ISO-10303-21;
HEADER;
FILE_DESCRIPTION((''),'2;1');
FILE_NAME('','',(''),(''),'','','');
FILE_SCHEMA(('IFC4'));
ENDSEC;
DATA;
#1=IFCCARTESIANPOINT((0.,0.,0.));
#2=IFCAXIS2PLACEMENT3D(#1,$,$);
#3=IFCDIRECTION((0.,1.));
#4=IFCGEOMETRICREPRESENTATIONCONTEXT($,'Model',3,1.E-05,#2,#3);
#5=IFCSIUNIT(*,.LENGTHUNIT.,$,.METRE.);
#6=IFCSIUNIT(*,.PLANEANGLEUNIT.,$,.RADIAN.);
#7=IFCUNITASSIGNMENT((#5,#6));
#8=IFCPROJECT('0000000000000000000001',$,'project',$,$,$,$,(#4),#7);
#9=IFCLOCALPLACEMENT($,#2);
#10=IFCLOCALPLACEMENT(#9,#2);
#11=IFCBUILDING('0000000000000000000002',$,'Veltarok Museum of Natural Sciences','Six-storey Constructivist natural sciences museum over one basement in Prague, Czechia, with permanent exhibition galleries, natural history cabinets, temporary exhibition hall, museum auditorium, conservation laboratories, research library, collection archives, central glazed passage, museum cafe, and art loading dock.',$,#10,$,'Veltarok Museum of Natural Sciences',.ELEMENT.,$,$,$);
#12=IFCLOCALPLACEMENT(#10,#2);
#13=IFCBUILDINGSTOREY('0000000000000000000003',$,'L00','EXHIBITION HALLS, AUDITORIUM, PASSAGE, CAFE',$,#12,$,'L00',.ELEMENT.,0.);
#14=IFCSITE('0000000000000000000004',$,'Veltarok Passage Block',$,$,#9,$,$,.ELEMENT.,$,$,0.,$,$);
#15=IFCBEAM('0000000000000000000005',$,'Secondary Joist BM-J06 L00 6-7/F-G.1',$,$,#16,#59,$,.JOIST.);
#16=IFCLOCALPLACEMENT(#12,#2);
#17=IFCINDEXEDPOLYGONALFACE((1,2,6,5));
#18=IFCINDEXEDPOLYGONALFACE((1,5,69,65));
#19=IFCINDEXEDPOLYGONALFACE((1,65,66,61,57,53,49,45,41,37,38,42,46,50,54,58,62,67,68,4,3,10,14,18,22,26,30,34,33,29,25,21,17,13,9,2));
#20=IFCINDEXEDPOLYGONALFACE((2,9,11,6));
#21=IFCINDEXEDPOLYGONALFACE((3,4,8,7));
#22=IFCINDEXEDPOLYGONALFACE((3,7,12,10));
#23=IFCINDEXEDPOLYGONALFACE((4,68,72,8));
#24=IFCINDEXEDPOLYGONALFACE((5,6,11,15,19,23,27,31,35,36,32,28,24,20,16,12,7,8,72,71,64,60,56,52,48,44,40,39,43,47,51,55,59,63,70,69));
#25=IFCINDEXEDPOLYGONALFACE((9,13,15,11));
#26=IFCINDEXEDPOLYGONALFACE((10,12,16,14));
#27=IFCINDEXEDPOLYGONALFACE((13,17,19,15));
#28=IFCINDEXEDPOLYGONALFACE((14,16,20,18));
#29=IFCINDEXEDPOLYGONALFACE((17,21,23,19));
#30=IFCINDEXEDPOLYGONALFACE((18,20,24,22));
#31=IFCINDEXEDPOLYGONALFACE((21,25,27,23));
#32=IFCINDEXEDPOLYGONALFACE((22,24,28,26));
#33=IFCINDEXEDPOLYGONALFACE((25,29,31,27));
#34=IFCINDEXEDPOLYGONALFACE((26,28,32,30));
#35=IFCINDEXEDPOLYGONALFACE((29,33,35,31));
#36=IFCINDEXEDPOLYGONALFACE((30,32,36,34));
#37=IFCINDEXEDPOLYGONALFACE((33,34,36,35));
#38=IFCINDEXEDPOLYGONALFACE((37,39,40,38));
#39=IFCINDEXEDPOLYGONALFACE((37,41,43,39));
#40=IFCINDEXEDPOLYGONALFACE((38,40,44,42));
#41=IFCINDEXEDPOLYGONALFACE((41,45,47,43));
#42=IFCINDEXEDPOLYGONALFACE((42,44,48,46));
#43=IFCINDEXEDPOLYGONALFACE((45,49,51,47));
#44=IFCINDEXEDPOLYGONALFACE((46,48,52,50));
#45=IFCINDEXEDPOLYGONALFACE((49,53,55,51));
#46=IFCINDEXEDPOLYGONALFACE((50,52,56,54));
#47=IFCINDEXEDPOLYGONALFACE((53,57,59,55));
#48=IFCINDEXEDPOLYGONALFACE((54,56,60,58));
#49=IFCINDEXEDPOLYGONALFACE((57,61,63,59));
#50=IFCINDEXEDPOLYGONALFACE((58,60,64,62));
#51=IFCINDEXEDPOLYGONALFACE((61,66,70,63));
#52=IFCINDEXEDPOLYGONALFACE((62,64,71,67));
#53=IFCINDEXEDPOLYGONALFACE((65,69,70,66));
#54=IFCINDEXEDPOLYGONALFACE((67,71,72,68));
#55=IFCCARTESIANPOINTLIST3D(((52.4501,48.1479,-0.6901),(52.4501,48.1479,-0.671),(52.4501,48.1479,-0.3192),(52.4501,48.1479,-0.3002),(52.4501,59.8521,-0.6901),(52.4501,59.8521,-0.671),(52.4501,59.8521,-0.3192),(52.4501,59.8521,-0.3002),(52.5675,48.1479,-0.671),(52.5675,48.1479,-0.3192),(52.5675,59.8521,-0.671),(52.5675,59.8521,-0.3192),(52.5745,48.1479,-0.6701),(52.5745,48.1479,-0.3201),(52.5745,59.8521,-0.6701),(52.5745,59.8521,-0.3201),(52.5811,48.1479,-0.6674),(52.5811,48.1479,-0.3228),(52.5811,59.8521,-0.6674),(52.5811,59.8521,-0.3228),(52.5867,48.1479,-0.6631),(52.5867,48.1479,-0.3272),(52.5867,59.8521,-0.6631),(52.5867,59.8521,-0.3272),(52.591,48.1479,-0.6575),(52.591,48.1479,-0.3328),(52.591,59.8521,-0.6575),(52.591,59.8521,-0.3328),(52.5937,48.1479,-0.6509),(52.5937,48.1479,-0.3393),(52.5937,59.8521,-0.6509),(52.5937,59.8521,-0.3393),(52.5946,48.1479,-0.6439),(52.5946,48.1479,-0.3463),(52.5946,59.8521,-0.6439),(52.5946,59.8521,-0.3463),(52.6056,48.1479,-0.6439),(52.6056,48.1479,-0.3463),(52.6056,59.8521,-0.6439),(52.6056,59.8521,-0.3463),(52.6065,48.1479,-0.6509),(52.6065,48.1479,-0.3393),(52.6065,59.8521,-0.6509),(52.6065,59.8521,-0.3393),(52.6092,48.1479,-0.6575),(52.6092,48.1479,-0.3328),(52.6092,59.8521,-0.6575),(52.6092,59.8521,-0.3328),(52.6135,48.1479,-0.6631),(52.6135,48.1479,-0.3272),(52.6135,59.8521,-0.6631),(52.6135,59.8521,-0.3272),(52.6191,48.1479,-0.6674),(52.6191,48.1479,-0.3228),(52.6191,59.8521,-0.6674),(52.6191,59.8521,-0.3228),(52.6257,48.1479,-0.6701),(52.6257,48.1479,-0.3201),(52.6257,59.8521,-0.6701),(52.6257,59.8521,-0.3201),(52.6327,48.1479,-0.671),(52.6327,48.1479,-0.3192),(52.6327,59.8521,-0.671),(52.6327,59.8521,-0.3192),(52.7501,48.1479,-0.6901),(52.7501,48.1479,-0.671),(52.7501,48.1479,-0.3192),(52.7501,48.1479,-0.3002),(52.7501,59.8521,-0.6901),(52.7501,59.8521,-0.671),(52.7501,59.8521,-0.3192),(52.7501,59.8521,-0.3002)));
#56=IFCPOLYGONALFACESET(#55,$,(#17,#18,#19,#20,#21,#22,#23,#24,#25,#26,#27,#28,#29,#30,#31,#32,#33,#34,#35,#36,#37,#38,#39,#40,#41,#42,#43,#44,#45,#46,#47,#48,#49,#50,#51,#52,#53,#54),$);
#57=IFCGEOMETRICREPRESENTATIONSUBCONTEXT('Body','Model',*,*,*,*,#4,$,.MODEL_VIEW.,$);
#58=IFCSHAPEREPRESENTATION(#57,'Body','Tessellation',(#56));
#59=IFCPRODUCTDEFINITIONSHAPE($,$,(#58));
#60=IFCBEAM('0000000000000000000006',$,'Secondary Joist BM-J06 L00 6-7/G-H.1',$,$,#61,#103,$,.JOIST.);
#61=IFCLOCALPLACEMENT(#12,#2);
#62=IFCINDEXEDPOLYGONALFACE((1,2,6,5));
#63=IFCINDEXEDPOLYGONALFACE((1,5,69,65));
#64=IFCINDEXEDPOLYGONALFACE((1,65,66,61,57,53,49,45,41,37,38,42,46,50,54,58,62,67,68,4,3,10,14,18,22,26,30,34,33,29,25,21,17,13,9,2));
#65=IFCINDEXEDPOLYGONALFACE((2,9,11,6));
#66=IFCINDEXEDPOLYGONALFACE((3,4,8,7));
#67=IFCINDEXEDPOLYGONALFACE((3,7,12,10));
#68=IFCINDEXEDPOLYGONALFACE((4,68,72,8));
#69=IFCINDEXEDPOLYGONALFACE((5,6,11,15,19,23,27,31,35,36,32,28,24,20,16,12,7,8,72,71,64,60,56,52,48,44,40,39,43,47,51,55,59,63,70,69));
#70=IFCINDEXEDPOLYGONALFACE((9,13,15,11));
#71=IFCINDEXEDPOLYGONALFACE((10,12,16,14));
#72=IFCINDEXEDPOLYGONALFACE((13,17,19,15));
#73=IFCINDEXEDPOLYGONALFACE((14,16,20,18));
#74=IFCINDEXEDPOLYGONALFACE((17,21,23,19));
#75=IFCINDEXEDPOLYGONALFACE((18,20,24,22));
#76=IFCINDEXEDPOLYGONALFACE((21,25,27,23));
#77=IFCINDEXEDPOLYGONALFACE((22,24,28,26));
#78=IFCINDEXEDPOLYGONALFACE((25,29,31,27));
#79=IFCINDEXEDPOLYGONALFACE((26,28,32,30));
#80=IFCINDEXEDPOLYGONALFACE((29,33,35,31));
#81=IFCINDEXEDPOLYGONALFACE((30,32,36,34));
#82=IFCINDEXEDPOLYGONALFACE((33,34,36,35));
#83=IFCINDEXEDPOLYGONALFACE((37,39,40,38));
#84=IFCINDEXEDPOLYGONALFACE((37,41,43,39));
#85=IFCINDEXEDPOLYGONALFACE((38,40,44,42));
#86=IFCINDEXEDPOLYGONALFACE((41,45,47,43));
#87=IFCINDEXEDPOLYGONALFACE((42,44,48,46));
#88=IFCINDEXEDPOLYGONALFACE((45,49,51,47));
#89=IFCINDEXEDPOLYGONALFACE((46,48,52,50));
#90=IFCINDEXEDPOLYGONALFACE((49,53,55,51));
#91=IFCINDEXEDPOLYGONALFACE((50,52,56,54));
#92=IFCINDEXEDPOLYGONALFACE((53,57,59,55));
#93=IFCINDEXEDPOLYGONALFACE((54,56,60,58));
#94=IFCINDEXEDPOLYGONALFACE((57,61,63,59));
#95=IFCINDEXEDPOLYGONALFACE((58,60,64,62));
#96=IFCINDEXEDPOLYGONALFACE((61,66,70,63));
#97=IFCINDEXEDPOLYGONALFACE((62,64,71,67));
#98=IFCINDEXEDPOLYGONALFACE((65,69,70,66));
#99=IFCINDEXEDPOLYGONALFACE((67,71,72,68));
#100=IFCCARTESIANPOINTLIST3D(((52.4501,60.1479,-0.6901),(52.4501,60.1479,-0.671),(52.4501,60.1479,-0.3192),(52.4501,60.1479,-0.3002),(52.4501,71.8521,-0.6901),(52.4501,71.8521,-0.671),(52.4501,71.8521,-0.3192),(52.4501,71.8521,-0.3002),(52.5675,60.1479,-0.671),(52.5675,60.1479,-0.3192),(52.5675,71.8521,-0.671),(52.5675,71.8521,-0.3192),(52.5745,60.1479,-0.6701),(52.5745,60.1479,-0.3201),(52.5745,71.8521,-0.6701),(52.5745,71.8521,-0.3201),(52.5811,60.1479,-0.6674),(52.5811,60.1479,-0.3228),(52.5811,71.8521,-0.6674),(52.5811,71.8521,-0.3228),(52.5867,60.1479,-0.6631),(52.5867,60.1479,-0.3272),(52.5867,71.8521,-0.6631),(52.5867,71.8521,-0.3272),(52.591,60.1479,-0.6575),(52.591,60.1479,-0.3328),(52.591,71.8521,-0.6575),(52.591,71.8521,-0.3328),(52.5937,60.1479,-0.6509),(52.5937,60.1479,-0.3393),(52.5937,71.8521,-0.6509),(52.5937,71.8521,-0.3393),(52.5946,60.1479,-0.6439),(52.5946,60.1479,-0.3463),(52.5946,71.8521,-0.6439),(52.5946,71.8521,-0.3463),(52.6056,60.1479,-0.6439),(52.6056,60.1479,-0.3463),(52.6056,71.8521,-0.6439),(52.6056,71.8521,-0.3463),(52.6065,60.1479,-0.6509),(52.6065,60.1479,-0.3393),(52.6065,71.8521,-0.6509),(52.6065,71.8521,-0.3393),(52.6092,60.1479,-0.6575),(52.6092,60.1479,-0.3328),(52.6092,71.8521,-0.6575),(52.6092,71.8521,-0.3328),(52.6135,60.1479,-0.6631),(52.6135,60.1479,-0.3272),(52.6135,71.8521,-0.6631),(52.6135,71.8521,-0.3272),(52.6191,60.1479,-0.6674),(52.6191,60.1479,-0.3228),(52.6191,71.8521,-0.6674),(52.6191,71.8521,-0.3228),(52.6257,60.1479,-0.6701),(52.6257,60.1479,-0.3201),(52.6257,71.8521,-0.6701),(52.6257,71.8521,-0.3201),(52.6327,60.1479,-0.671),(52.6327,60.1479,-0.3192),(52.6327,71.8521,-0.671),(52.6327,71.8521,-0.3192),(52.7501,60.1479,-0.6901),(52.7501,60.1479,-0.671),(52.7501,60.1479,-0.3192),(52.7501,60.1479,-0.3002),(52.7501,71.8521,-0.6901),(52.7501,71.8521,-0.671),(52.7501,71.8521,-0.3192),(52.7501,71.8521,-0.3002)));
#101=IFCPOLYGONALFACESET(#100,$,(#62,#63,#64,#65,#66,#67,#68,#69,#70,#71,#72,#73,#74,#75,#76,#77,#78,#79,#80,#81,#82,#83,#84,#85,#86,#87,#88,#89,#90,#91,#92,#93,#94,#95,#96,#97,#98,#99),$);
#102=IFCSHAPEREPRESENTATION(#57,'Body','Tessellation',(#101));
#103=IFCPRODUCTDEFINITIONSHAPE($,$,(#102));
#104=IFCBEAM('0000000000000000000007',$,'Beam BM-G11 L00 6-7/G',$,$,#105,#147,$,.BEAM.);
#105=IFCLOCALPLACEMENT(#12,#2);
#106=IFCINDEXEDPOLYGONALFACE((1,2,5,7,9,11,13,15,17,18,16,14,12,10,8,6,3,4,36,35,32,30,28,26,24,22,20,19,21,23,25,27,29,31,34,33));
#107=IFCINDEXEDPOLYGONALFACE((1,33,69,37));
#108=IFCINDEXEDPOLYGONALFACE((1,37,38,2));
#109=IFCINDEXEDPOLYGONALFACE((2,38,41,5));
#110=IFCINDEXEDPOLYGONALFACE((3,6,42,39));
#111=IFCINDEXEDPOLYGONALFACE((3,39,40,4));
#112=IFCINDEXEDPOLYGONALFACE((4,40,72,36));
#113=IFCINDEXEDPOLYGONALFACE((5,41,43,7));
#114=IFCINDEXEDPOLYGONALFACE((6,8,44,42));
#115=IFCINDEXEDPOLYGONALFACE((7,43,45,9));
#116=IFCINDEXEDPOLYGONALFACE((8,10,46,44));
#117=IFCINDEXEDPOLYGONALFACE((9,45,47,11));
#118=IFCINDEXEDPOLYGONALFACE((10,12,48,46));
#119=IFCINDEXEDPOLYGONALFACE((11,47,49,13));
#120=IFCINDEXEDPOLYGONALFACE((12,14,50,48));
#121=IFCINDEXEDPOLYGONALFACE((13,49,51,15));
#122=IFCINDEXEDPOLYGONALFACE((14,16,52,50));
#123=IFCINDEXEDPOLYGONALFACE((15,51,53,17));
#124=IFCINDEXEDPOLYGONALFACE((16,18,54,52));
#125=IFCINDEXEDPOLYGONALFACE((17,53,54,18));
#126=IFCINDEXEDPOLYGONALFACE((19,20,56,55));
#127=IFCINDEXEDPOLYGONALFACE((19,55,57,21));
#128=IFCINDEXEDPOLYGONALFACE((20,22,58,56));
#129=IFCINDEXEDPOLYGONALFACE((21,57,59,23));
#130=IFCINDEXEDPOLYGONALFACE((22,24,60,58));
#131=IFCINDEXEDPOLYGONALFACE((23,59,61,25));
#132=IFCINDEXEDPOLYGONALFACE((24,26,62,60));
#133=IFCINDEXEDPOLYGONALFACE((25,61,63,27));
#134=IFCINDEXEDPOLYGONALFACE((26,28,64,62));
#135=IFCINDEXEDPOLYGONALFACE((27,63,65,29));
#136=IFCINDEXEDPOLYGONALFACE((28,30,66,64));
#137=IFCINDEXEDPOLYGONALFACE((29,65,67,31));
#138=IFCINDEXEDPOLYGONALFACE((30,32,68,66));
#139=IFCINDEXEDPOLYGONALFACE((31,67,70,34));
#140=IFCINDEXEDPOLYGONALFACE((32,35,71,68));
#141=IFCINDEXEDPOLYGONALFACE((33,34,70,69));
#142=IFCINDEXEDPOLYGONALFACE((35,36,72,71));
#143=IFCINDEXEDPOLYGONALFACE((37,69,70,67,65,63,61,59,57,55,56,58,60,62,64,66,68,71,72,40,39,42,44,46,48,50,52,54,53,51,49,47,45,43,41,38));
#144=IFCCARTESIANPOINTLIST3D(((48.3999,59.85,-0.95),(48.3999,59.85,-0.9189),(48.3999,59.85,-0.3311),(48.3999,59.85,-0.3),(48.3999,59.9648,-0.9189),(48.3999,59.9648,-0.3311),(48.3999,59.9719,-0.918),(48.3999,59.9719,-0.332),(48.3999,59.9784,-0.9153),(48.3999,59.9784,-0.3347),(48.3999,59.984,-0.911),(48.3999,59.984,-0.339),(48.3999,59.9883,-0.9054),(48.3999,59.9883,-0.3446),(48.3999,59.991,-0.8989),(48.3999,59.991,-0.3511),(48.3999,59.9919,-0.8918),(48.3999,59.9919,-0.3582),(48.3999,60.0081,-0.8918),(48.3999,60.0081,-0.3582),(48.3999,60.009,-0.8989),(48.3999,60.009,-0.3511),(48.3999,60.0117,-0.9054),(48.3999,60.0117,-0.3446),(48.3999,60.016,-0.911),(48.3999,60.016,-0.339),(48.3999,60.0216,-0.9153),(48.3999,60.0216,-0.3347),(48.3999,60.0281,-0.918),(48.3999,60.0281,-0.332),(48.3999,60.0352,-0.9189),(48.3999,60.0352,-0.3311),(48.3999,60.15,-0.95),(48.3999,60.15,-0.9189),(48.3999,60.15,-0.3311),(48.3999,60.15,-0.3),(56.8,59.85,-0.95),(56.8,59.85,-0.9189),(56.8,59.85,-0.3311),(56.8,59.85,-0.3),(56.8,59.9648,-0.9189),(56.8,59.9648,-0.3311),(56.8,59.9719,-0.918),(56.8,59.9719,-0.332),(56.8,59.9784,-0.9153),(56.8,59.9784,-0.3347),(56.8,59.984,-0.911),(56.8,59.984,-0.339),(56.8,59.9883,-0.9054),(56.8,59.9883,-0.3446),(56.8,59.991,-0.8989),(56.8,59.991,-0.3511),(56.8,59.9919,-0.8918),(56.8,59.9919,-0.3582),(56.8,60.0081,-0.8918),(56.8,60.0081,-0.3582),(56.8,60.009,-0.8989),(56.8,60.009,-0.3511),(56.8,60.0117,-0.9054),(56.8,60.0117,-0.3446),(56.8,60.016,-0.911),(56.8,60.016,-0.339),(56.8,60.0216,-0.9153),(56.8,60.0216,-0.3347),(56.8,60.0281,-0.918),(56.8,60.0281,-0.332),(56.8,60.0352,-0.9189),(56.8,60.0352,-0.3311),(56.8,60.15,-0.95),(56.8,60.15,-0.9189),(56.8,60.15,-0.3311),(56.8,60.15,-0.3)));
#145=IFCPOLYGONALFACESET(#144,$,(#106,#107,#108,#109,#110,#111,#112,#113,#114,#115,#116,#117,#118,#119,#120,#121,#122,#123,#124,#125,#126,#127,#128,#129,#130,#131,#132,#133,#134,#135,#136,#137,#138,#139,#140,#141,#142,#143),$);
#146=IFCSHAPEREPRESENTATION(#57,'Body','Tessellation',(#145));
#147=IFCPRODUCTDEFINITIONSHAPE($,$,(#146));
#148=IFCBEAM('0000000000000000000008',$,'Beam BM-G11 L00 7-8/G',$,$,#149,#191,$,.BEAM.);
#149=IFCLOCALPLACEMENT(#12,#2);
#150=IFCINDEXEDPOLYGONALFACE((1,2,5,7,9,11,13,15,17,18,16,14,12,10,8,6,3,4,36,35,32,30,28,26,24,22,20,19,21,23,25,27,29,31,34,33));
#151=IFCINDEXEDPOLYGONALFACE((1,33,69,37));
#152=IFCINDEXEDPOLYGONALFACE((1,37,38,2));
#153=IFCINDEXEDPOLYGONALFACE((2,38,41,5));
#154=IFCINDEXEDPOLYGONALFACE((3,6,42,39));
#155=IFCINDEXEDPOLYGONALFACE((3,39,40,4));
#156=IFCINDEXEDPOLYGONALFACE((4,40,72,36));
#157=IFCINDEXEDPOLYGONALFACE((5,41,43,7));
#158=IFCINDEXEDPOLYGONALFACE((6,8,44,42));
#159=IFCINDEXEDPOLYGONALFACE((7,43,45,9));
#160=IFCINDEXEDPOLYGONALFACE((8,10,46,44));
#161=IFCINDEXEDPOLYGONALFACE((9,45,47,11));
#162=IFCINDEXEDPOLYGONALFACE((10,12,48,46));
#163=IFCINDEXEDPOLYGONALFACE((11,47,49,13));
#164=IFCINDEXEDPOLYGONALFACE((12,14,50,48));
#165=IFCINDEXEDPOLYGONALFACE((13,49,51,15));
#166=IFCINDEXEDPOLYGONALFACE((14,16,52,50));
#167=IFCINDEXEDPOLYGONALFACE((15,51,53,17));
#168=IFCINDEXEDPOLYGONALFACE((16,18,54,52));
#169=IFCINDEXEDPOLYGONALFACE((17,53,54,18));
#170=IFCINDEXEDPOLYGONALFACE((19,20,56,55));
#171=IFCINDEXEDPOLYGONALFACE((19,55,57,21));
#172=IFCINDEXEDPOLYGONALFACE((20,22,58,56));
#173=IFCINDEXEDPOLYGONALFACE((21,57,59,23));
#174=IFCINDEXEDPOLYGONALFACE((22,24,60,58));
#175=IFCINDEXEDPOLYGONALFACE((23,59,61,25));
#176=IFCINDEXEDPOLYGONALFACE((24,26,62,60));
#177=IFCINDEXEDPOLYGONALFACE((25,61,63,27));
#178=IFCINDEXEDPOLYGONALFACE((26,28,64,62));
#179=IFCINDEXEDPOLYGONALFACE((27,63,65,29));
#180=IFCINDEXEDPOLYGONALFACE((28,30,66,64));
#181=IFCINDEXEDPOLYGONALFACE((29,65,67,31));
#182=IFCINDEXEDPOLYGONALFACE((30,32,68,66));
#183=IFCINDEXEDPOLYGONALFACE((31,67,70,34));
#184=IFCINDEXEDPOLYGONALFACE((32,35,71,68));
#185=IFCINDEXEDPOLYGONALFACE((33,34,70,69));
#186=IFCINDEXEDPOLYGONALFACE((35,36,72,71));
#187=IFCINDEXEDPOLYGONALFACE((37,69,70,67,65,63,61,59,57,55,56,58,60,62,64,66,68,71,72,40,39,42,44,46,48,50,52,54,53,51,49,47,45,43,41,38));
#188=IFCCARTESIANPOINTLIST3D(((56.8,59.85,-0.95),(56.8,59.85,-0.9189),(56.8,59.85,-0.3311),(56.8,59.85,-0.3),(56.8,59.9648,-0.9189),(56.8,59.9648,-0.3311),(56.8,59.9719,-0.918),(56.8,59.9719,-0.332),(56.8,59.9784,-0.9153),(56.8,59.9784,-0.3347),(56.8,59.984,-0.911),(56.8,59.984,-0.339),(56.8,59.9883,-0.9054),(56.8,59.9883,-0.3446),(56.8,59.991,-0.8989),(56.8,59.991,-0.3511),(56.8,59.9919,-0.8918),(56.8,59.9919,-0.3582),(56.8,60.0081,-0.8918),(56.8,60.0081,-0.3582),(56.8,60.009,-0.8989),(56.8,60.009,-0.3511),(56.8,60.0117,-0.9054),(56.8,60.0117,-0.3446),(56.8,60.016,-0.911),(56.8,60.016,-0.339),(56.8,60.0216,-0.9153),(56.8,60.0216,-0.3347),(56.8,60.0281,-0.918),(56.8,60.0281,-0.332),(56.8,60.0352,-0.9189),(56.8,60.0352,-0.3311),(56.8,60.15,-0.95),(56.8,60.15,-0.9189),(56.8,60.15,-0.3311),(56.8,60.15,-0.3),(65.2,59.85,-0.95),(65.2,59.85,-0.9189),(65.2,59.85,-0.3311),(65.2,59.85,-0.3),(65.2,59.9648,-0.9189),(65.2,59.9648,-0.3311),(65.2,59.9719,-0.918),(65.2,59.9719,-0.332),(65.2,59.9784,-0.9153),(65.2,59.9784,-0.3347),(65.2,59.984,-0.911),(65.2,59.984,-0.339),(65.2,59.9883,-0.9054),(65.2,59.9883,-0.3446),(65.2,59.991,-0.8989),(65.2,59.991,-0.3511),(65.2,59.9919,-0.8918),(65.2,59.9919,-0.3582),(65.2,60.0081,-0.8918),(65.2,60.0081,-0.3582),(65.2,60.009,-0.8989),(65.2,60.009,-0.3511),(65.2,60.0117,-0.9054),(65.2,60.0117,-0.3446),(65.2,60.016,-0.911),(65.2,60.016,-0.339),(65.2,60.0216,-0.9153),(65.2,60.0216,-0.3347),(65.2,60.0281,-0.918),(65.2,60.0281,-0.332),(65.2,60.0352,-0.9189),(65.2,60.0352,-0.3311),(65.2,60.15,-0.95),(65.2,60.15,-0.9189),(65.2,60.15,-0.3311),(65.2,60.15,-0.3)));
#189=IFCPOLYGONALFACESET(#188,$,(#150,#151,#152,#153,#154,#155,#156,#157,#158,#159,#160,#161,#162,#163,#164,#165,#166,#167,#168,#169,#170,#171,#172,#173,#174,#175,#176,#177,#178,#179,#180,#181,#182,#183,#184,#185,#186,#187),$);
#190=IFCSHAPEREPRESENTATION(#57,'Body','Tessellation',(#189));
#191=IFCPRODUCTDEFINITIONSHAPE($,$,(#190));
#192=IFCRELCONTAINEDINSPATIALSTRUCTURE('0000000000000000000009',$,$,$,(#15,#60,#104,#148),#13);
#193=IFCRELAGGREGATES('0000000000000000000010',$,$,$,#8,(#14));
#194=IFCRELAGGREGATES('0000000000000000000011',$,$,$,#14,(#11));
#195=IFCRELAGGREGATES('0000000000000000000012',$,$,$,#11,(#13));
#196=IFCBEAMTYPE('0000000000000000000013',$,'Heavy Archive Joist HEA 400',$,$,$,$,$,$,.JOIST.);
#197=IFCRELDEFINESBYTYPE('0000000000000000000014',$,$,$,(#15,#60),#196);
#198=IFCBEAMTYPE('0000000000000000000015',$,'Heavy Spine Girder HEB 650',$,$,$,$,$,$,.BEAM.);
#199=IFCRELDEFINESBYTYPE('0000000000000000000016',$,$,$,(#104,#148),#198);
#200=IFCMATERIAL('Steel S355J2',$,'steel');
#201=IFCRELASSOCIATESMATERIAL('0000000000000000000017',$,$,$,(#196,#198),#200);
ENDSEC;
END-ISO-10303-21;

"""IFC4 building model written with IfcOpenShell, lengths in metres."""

from ifc_helpers import new_model, si_unit, direction, frame, origin, origin_2d, place, context, subcontext, project, spatial, i_section, extrude, material, material_profile, profile_set, type_object, element, save


model = new_model("IFC4")

# Units and contexts
model_context = context("Model", 3, precision=1e-05, world=origin(), true_north=direction((0.0, 1.0)))
body_context = subcontext(model_context, "Body", "Model", "MODEL_VIEW")
ifc_project = project(units=[si_unit("LENGTHUNIT", "METRE"), si_unit("PLANEANGLEUNIT", "RADIAN")], contexts=[model_context])

# Site, building, storey
site_placement = place(None, origin())
site = spatial("IfcSite", under=ifc_project, at=site_placement, Name="Veltarok Passage Block", CompositionType="ELEMENT", RefElevation=0.0)
building_placement = place(site_placement, origin())
building = spatial("IfcBuilding", under=site, at=building_placement, Name="Veltarok Museum of Natural Sciences", Description="Six-storey Constructivist natural sciences museum over one basement in Prague, Czechia, with permanent exhibition galleries, natural history cabinets, temporary exhibition hall, museum auditorium, conservation laboratories, research library, collection archives, central glazed passage, museum cafe, and art loading dock.", LongName="Veltarok Museum of Natural Sciences", CompositionType="ELEMENT")
storey_placement = place(building_placement, origin())
storey = spatial("IfcBuildingStorey", under=building, at=storey_placement, Name="L00", Description="EXHIBITION HALLS, AUDITORIUM, PASSAGE, CAFE", LongName="L00", CompositionType="ELEMENT", Elevation=0.0)

# Shared definitions
ifc_material_1 = material(Name="Steel S355J2", Category="steel")

# Beams
ifc_material_profile_1 = material_profile(ifc_material_1, i_section(OverallWidth=0.3, OverallDepth=0.3899, WebThickness=0.011, FlangeThickness=0.019, FilletRadius=0.0271, at=origin_2d()), Name="HEA 400")
ifc_profile_set_1 = profile_set([ifc_material_profile_1], Name="Steel S355J2")
beam_type_1 = type_object("IfcBeamType", Name="Heavy Archive Joist HEA 400", PredefinedType="JOIST", material=ifc_profile_set_1)
for number, where, z_axis, x_axis, name in (
    (1, (52.6001, 48.1479, -0.4951), (0.0, 1.0, 0.0), (-1.0, 0.0, 0.0), "Secondary Joist BM-J06 L00 6-7/F-G.1"),
    (2, (52.6001, 60.1479, -0.4951), (0.0, 1.0, 0.0), (-1.0, 0.0, 0.0), "Secondary Joist BM-J06 L00 6-7/G-H.1"),
):
    element("IfcBeam", number, at=place(storey_placement, frame(where, z_axis=z_axis, x_axis=x_axis)), inside=storey, type_object=beam_type_1, Name=name, PredefinedType="JOIST", context=body_context, shape_type="SweptSolid", body=[
        extrude(i_section(OverallWidth=0.3, OverallDepth=0.3899, WebThickness=0.011, FlangeThickness=0.019, FilletRadius=0.0271, at=origin_2d()), origin(), (0.0, 0.0, 1.0), 11.7041),
    ])
ifc_material_profile_2 = material_profile(ifc_material_1, i_section(OverallWidth=0.3, OverallDepth=0.6499, WebThickness=0.0161, FlangeThickness=0.031, FilletRadius=0.0271, at=origin_2d()), Name="HEB 650")
ifc_profile_set_2 = profile_set([ifc_material_profile_2], Name="Steel S355J2")
beam_type_2 = type_object("IfcBeamType", Name="Heavy Spine Girder HEB 650", PredefinedType="BEAM", material=ifc_profile_set_2)
beam_1_placement = place(storey_placement, frame((48.3999, 60.0, -0.625), z_axis=(1.0, 0.0, 0.0), x_axis=(0.0, 1.0, 0.0)))
element("IfcBeam", 3, at=beam_1_placement, inside=storey, type_object=beam_type_2, Name="Beam BM-G11 L00 6-7/G", PredefinedType="BEAM", context=body_context, shape_type="SweptSolid", body=[
    extrude(i_section(OverallWidth=0.3, OverallDepth=0.6499, WebThickness=0.0161, FlangeThickness=0.031, FilletRadius=0.0271, at=origin_2d()), origin(), (0.0, 0.0, 1.0), 8.4001),
])
beam_2_placement = place(storey_placement, frame((56.8, 60.0, -0.625), z_axis=(1.0, 0.0, 0.0), x_axis=(0.0, 1.0, 0.0)))
element("IfcBeam", 4, at=beam_2_placement, inside=storey, type_object=beam_type_2, Name="Beam BM-G11 L00 7-8/G", PredefinedType="BEAM", context=body_context, shape_type="SweptSolid", body=[
    extrude(i_section(OverallWidth=0.3, OverallDepth=0.6499, WebThickness=0.0161, FlangeThickness=0.031, FilletRadius=0.0271, at=origin_2d()), origin(), (0.0, 0.0, 1.0), 8.3999),
])

save(model, "model.ifc")
